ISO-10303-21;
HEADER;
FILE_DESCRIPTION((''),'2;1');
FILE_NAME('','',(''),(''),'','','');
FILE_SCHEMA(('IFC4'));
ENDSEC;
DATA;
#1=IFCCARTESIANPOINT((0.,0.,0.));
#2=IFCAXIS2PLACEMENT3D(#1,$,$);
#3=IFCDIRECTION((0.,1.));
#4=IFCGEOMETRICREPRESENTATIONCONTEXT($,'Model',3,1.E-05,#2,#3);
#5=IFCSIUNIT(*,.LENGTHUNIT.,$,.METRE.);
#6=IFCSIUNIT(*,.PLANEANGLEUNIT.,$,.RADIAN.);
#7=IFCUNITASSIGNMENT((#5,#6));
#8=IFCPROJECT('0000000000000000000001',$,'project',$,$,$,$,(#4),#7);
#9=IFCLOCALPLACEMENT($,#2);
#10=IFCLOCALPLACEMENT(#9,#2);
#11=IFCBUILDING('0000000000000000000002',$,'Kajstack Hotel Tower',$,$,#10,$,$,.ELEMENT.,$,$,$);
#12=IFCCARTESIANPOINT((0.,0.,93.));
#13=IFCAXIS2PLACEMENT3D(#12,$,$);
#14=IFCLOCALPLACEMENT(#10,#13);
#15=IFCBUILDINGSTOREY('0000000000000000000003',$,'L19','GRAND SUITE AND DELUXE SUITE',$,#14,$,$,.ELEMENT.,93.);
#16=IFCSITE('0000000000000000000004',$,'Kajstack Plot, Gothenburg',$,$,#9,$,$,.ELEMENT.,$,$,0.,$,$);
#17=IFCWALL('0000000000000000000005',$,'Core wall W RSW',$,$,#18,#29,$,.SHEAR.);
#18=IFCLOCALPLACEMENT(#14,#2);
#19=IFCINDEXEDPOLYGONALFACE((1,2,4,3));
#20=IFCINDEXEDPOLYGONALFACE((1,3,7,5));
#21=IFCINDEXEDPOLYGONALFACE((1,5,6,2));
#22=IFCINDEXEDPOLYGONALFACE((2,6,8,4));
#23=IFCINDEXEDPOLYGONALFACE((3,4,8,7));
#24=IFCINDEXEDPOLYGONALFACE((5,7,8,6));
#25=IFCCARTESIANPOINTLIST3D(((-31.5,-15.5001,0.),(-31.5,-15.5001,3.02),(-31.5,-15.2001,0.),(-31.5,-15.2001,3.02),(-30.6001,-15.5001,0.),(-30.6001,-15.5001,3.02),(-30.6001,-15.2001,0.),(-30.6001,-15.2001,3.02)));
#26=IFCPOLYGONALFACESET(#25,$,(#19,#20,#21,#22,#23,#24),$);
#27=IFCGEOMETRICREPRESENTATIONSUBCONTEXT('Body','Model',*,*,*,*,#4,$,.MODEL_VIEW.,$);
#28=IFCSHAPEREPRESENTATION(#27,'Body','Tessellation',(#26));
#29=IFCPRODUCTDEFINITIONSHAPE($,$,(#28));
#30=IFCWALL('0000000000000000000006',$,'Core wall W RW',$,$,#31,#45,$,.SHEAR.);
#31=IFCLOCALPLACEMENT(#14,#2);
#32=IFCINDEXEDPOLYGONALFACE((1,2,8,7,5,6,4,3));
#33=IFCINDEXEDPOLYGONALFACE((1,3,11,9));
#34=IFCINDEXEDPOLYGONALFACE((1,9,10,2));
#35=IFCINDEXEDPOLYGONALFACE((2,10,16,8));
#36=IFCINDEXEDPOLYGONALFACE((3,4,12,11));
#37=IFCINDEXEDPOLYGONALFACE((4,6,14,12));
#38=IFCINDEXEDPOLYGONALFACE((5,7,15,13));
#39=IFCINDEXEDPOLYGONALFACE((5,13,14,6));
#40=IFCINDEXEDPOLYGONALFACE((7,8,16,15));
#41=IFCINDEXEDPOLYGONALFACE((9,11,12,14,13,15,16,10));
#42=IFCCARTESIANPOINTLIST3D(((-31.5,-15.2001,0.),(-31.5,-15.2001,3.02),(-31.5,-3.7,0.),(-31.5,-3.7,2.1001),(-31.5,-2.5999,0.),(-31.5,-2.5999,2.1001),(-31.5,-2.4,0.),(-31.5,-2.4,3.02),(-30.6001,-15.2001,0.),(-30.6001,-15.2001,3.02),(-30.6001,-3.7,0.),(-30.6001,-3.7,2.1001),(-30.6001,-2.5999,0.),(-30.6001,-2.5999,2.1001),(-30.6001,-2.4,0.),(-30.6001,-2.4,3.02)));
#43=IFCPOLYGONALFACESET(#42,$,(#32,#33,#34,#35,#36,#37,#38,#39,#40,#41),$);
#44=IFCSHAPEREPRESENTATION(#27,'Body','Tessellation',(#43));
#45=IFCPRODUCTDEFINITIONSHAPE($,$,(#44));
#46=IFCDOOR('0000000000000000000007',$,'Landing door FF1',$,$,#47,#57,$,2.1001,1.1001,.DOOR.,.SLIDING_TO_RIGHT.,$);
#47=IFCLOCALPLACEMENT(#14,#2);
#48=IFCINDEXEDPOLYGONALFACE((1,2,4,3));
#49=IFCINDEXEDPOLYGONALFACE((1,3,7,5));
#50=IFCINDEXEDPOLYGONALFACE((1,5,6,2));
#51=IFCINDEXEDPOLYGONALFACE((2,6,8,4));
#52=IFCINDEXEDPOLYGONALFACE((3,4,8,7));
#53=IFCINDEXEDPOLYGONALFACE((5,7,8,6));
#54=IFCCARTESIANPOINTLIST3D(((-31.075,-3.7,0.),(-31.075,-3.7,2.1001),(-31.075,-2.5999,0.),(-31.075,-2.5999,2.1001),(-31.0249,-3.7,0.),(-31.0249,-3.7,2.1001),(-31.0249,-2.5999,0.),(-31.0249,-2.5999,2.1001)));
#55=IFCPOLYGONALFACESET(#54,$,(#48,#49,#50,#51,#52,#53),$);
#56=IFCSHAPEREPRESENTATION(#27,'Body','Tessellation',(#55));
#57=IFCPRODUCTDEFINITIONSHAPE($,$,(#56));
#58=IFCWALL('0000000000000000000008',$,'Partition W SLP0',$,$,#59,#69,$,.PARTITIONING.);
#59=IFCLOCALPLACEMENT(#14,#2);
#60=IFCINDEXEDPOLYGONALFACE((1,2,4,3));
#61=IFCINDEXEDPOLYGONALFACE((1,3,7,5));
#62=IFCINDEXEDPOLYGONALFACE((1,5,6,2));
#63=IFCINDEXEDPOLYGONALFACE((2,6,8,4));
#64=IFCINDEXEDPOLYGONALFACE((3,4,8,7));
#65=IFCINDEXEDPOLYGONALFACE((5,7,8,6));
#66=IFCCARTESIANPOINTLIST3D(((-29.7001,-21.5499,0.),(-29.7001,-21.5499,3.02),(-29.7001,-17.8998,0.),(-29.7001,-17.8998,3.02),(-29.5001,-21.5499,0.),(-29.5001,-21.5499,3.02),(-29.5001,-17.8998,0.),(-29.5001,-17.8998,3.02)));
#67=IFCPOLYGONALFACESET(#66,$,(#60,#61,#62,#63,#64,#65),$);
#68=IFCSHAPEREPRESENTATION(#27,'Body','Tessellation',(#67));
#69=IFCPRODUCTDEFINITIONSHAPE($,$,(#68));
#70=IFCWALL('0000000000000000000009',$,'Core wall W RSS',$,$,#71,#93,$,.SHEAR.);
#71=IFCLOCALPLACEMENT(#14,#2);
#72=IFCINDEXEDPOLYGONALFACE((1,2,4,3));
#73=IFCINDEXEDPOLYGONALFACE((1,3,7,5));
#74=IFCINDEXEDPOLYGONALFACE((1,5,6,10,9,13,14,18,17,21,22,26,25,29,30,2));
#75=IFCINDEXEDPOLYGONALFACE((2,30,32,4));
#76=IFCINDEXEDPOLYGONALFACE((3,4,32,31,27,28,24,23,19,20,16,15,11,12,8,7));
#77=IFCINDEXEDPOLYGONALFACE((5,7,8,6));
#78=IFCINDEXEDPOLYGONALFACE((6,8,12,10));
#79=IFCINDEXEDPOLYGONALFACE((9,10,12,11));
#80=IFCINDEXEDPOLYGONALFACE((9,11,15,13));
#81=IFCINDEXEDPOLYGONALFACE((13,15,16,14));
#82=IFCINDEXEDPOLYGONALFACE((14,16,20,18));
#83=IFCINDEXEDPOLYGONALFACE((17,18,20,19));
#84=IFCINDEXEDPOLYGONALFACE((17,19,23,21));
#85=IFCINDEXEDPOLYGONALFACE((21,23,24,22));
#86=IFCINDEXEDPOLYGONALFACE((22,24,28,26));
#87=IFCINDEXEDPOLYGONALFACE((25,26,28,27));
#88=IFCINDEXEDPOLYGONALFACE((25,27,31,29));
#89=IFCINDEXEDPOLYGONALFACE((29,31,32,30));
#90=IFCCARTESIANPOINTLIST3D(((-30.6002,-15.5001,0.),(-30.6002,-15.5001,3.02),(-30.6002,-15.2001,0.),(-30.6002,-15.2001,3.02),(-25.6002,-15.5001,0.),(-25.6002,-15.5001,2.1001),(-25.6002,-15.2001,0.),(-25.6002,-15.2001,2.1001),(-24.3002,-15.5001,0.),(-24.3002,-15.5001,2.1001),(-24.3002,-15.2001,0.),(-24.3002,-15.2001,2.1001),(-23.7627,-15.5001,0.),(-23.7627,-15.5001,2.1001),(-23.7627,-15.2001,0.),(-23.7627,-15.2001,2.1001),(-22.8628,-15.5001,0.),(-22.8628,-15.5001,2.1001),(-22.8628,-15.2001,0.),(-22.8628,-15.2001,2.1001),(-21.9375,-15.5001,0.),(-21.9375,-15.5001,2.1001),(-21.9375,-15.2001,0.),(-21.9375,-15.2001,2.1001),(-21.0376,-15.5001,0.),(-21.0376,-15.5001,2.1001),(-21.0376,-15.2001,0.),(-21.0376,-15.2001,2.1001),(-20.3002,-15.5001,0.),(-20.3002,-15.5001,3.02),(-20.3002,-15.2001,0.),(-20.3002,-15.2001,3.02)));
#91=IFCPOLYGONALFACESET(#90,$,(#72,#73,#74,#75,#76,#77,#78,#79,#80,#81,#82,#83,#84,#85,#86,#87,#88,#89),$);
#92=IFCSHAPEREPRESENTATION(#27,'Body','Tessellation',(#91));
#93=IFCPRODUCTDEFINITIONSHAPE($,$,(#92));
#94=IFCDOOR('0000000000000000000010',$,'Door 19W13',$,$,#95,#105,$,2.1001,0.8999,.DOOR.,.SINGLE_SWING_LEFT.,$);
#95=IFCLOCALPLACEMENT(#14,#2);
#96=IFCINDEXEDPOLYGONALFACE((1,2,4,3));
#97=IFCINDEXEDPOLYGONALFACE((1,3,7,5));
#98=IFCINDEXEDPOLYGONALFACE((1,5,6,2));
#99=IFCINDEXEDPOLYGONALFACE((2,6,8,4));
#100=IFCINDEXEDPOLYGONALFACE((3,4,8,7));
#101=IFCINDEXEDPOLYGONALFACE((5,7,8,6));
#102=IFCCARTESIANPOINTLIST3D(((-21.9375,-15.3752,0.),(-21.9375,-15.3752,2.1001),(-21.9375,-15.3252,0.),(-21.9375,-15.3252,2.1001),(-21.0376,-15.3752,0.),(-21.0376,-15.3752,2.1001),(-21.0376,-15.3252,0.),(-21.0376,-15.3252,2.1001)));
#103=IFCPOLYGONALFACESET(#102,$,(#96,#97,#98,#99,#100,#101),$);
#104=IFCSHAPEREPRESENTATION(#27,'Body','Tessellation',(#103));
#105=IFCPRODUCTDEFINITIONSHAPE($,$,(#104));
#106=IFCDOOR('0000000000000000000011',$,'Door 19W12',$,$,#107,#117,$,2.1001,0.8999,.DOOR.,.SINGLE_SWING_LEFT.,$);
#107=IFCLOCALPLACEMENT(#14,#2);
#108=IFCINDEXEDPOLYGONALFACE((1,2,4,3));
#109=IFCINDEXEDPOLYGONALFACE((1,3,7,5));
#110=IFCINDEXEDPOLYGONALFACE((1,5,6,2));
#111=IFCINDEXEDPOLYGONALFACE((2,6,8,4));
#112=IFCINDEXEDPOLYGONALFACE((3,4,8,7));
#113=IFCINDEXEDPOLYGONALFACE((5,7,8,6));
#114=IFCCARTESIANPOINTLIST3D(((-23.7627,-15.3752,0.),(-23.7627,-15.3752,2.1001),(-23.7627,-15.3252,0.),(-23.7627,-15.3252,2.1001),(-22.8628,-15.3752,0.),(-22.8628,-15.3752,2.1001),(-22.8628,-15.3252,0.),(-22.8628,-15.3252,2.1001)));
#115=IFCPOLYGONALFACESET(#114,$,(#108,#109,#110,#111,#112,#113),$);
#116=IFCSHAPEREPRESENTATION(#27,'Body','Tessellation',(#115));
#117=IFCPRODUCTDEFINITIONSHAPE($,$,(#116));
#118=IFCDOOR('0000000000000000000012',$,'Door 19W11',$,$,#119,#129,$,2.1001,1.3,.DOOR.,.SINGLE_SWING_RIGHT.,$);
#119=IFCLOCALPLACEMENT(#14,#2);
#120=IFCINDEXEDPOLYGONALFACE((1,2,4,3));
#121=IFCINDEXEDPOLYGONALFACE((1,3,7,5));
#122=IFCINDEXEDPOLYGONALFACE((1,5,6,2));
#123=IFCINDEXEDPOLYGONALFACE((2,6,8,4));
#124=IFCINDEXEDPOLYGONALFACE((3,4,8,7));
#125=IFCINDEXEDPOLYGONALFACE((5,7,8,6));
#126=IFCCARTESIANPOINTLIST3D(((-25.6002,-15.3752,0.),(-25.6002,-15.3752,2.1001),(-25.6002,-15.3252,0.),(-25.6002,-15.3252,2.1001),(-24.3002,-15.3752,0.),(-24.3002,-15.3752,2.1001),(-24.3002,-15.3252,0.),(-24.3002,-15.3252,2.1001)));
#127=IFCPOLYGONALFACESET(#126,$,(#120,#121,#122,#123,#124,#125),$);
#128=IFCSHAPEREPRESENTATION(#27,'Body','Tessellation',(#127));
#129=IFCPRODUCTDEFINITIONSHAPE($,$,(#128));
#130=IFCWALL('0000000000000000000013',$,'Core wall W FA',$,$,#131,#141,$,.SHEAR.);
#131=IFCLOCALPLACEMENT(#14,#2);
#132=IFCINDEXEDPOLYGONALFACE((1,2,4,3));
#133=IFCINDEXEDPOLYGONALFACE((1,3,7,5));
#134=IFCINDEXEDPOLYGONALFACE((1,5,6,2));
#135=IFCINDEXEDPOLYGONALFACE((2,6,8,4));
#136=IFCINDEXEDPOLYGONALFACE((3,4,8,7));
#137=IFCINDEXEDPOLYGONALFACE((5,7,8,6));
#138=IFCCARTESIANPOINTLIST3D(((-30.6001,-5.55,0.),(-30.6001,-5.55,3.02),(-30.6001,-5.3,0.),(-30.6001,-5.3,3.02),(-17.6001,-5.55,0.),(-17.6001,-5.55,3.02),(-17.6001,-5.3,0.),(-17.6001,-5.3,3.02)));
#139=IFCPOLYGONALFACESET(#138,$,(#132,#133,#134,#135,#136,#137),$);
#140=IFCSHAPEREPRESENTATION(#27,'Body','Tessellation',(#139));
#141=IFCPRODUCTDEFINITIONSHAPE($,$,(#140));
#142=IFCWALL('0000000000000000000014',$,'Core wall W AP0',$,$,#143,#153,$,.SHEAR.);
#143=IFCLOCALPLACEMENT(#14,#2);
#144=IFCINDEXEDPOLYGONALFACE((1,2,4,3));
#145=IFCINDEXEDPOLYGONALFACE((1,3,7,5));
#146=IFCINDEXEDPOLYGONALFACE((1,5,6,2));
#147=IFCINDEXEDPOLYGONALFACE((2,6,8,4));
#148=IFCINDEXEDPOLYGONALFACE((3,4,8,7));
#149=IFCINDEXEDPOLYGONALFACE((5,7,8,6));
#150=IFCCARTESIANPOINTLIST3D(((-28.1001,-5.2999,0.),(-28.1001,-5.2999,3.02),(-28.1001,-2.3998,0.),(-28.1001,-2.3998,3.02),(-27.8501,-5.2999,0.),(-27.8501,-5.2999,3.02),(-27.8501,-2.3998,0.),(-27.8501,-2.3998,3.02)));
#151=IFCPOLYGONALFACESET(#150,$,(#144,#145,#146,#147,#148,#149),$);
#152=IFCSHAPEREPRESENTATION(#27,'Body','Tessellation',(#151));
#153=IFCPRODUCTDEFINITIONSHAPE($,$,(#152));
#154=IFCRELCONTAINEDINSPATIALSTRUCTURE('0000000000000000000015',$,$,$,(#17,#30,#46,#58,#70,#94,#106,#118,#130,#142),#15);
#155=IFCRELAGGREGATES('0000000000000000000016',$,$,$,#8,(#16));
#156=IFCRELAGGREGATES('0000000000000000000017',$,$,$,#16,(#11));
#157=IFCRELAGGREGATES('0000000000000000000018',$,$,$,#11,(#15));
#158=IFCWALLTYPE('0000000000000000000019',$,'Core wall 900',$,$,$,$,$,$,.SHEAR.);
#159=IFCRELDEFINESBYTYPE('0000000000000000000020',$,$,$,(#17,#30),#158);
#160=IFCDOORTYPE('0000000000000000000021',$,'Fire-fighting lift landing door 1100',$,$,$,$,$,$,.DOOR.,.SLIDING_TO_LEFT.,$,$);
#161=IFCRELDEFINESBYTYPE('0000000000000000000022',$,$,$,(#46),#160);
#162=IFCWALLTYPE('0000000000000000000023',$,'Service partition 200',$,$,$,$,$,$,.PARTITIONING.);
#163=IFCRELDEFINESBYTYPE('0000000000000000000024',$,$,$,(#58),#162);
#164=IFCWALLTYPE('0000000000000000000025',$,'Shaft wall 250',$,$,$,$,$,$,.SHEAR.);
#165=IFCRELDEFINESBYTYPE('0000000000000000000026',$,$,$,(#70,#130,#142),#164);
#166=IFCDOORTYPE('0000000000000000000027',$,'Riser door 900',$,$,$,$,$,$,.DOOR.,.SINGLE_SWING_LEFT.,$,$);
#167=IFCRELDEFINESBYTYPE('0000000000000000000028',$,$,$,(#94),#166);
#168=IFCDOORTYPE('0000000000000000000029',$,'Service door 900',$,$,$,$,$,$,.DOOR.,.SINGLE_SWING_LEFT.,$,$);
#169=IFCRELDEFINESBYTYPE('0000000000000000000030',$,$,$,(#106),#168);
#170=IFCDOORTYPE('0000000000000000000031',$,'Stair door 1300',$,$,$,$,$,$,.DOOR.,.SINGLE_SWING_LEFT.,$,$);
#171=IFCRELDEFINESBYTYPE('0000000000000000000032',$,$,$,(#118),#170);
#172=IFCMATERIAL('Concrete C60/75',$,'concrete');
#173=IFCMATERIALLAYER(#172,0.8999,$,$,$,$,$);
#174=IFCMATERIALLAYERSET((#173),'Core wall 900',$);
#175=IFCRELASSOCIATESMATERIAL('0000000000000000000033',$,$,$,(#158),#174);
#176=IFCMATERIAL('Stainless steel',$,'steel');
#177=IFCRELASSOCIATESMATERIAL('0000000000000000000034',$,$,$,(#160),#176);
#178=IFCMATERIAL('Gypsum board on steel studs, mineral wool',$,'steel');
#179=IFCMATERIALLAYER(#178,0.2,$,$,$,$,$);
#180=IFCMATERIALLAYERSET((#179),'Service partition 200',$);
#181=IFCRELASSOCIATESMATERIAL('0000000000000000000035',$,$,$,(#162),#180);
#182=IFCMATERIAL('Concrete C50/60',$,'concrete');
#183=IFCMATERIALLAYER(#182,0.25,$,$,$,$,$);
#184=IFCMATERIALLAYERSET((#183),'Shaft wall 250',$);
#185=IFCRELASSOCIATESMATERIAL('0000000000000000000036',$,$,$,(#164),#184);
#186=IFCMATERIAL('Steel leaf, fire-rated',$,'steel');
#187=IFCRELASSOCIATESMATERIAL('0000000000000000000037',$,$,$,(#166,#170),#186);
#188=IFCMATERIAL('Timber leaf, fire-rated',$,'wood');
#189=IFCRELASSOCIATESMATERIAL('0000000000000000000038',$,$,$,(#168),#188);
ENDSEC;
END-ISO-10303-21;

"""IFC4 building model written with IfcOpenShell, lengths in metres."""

from ifc_helpers import new_model, si_unit, direction, frame, frame_2d, origin, place, context, subcontext, project, spatial, rectangle, extrude, material, layer, layer_set, type_object, element, fill, save


model = new_model("IFC4")

# Units and contexts
model_context = context("Model", 3, precision=1e-05, world=origin(), true_north=direction((0.0, 1.0)))
body_context = subcontext(model_context, "Body", "Model", "MODEL_VIEW")
ifc_project = project(units=[si_unit("LENGTHUNIT", "METRE"), si_unit("PLANEANGLEUNIT", "RADIAN")], contexts=[model_context])

# Site, building, storey
site_placement = place(None, origin())
site = spatial("IfcSite", under=ifc_project, at=site_placement, Name="Kajstack Plot, Gothenburg", CompositionType="ELEMENT", RefElevation=0.0)
building_placement = place(site_placement, origin())
building = spatial("IfcBuilding", under=site, at=building_placement, Name="Kajstack Hotel Tower", CompositionType="ELEMENT")
storey_placement = place(building_placement, frame((0.0, 0.0, 93.0)))
storey = spatial("IfcBuildingStorey", under=building, at=storey_placement, Name="L19", Description="GRAND SUITE AND DELUXE SUITE", CompositionType="ELEMENT", Elevation=93.0)

# Wall
ifc_material_1 = material(Name="Concrete C60/75", Category="concrete")
ifc_layer_1 = layer(ifc_material_1, 0.8999)
ifc_layer_set_1 = layer_set([ifc_layer_1], Name="Core wall 900")
wall_type_1 = type_object("IfcWallType", Name="Core wall 900", PredefinedType="SHEAR", material=ifc_layer_set_1)
wall_1_placement = place(storey_placement, frame((-31.5, -15.3501, 0.0), z_axis=(0.0, 0.0, 1.0), x_axis=(1.0, 0.0, 0.0)))
element("IfcWall", 1, at=wall_1_placement, inside=storey, type_object=wall_type_1, Name="Core wall W RSW", PredefinedType="SHEAR", context=body_context, shape_type="SweptSolid", body=[
    extrude(rectangle(XDim=0.8999, YDim=0.3, at=frame_2d((0.45, 0.0))), origin(), (0.0, 0.0, 1.0), 3.02),
])

# Wall, opening, door
wall_2_placement = place(storey_placement, frame((-31.05, -15.2, 0.0), z_axis=(0.0, 0.0, 1.0), x_axis=(0.0, 1.0, 0.0)))
wall_2 = element("IfcWall", 2, at=wall_2_placement, inside=storey, type_object=wall_type_1, Name="Core wall W RW", PredefinedType="SHEAR", context=body_context, shape_type="SweptSolid", body=[
    extrude(rectangle(XDim=12.8, YDim=0.8999, at=frame_2d((6.3999, 0.0))), origin(), (0.0, 0.0, 1.0), 3.02),
])
opening_1_placement = place(wall_2_placement, frame((11.5, 0.0, 0.0)))
opening_1 = element("IfcOpeningElement", 3, at=opening_1_placement, cuts=wall_2, PredefinedType="OPENING", context=body_context, shape_type="SweptSolid", body=[
    extrude(rectangle(XDim=1.1001, YDim=2.1001, at=frame_2d((0.55, 1.05))), frame((0.0, 0.46, 0.0), z_axis=(0.0, -1.0, 0.0), x_axis=(1.0, 0.0, 0.0)), (0.0, 0.0, 1.0), 0.9199),
])
ifc_material_2 = material(Name="Stainless steel", Category="steel")
door_type_1 = type_object("IfcDoorType", Name="Fire-fighting lift landing door 1100", OperationType="SLIDING_TO_LEFT", PredefinedType="DOOR", material=ifc_material_2)
door_1_placement = place(opening_1_placement, origin())
door_1 = element("IfcDoor", 4, at=door_1_placement, inside=storey, type_object=door_type_1, Name="Landing door FF1", OperationType="SLIDING_TO_RIGHT", OverallHeight=2.1001, OverallWidth=1.1001, PredefinedType="DOOR", context=body_context, shape_type="SweptSolid", body=[
    extrude(rectangle(XDim=1.1001, YDim=2.1001, at=frame_2d((0.55, 1.05))), frame((0.0, 0.0249, 0.0), z_axis=(0.0, -1.0, 0.0), x_axis=(1.0, 0.0, 0.0)), (0.0, 0.0, 1.0), 0.05),
])
fill(opening_1, door_1)

# Wall
ifc_material_3 = material(Name="Gypsum board on steel studs, mineral wool", Category="steel")
ifc_layer_2 = layer(ifc_material_3, 0.2)
ifc_layer_set_2 = layer_set([ifc_layer_2], Name="Service partition 200")
wall_type_2 = type_object("IfcWallType", Name="Service partition 200", PredefinedType="PARTITIONING", material=ifc_layer_set_2)
wall_3_placement = place(storey_placement, frame((-29.6001, -21.55, 0.0), z_axis=(0.0, 0.0, 1.0), x_axis=(0.0, 1.0, 0.0)))
element("IfcWall", 5, at=wall_3_placement, inside=storey, type_object=wall_type_2, Name="Partition W SLP0", PredefinedType="PARTITIONING", context=body_context, shape_type="SweptSolid", body=[
    extrude(rectangle(XDim=3.6501, YDim=0.2, at=frame_2d((1.8252, 0.0))), origin(), (0.0, 0.0, 1.0), 3.02),
])

# Wall, openings, doors
ifc_material_4 = material(Name="Concrete C50/60", Category="concrete")
ifc_layer_3 = layer(ifc_material_4, 0.25)
ifc_layer_set_3 = layer_set([ifc_layer_3], Name="Shaft wall 250")
wall_type_3 = type_object("IfcWallType", Name="Shaft wall 250", PredefinedType="SHEAR", material=ifc_layer_set_3)
wall_4_placement = place(storey_placement, frame((-30.6001, -15.3501, 0.0), z_axis=(0.0, 0.0, 1.0), x_axis=(1.0, 0.0, 0.0)))
wall_4 = element("IfcWall", 6, at=wall_4_placement, inside=storey, type_object=wall_type_3, Name="Core wall W RSS", PredefinedType="SHEAR", context=body_context, shape_type="SweptSolid", body=[
    extrude(rectangle(XDim=10.3, YDim=0.3, at=frame_2d((5.1499, 0.0))), origin(), (0.0, 0.0, 1.0), 3.02),
])
opening_2_placement = place(wall_4_placement, frame((5.0, 0.0, 0.0)))
opening_2 = element("IfcOpeningElement", 7, at=opening_2_placement, cuts=wall_4, PredefinedType="OPENING", context=body_context, shape_type="SweptSolid", body=[
    extrude(rectangle(XDim=1.3, YDim=2.1001, at=frame_2d((0.6499, 1.05))), frame((0.0, 0.1599, 0.0), z_axis=(0.0, -1.0, 0.0), x_axis=(1.0, 0.0, 0.0)), (0.0, 0.0, 1.0), 0.3201),
])
opening_3_placement = place(wall_4_placement, frame((6.8374, 0.0, 0.0)))
opening_3 = element("IfcOpeningElement", 8, at=opening_3_placement, cuts=wall_4, PredefinedType="OPENING", context=body_context, shape_type="SweptSolid", body=[
    extrude(rectangle(XDim=0.8999, YDim=2.1001, at=frame_2d((0.45, 1.05))), frame((0.0, 0.1599, 0.0), z_axis=(0.0, -1.0, 0.0), x_axis=(1.0, 0.0, 0.0)), (0.0, 0.0, 1.0), 0.3201),
])
opening_4_placement = place(wall_4_placement, frame((8.6626, 0.0, 0.0)))
opening_4 = element("IfcOpeningElement", 9, at=opening_4_placement, cuts=wall_4, PredefinedType="OPENING", context=body_context, shape_type="SweptSolid", body=[
    extrude(rectangle(XDim=0.8999, YDim=2.1001, at=frame_2d((0.45, 1.05))), frame((0.0, 0.1599, 0.0), z_axis=(0.0, -1.0, 0.0), x_axis=(1.0, 0.0, 0.0)), (0.0, 0.0, 1.0), 0.3201),
])
ifc_material_5 = material(Name="Steel leaf, fire-rated", Category="steel")
door_type_2 = type_object("IfcDoorType", Name="Riser door 900", OperationType="SINGLE_SWING_LEFT", PredefinedType="DOOR", material=ifc_material_5)
door_2_placement = place(opening_4_placement, origin())
door_2 = element("IfcDoor", 10, at=door_2_placement, inside=storey, type_object=door_type_2, Name="Door 19W13", OperationType="SINGLE_SWING_LEFT", OverallHeight=2.1001, OverallWidth=0.8999, PredefinedType="DOOR", context=body_context, shape_type="SweptSolid", body=[
    extrude(rectangle(XDim=0.8999, YDim=2.1001, at=frame_2d((0.45, 1.05))), frame((0.0, 0.0249, 0.0), z_axis=(0.0, -1.0, 0.0), x_axis=(1.0, 0.0, 0.0)), (0.0, 0.0, 1.0), 0.05),
])
fill(opening_4, door_2)
ifc_material_6 = material(Name="Timber leaf, fire-rated", Category="wood")
door_type_3 = type_object("IfcDoorType", Name="Service door 900", OperationType="SINGLE_SWING_LEFT", PredefinedType="DOOR", material=ifc_material_6)
door_3_placement = place(opening_3_placement, origin())
door_3 = element("IfcDoor", 11, at=door_3_placement, inside=storey, type_object=door_type_3, Name="Door 19W12", OperationType="SINGLE_SWING_LEFT", OverallHeight=2.1001, OverallWidth=0.8999, PredefinedType="DOOR", context=body_context, shape_type="SweptSolid", body=[
    extrude(rectangle(XDim=0.8999, YDim=2.1001, at=frame_2d((0.45, 1.05))), frame((0.0, 0.0249, 0.0), z_axis=(0.0, -1.0, 0.0), x_axis=(1.0, 0.0, 0.0)), (0.0, 0.0, 1.0), 0.05),
])
fill(opening_3, door_3)
door_type_4 = type_object("IfcDoorType", Name="Stair door 1300", OperationType="SINGLE_SWING_LEFT", PredefinedType="DOOR", material=ifc_material_5)
door_4_placement = place(opening_2_placement, origin())
door_4 = element("IfcDoor", 12, at=door_4_placement, inside=storey, type_object=door_type_4, Name="Door 19W11", OperationType="SINGLE_SWING_RIGHT", OverallHeight=2.1001, OverallWidth=1.3, PredefinedType="DOOR", context=body_context, shape_type="SweptSolid", body=[
    extrude(rectangle(XDim=1.3, YDim=2.1001, at=frame_2d((0.6499, 1.05))), frame((0.0, 0.0249, 0.0), z_axis=(0.0, -1.0, 0.0), x_axis=(1.0, 0.0, 0.0)), (0.0, 0.0, 1.0), 0.05),
])
fill(opening_2, door_4)

# Walls
wall_5_placement = place(storey_placement, frame((-30.6001, -5.425, 0.0), z_axis=(0.0, 0.0, 1.0), x_axis=(1.0, 0.0, 0.0)))
element("IfcWall", 13, at=wall_5_placement, inside=storey, type_object=wall_type_3, Name="Core wall W FA", PredefinedType="SHEAR", context=body_context, shape_type="SweptSolid", body=[
    extrude(rectangle(XDim=13.0, YDim=0.25, at=frame_2d((6.5, 0.0))), origin(), (0.0, 0.0, 1.0), 3.02),
])
wall_6_placement = place(storey_placement, frame((-27.9751, -5.3, 0.0), z_axis=(0.0, 0.0, 1.0), x_axis=(0.0, 1.0, 0.0)))
element("IfcWall", 14, at=wall_6_placement, inside=storey, type_object=wall_type_3, Name="Core wall W AP0", PredefinedType="SHEAR", context=body_context, shape_type="SweptSolid", body=[
    extrude(rectangle(XDim=2.9001, YDim=0.25, at=frame_2d((1.4502, 0.0))), origin(), (0.0, 0.0, 1.0), 3.02),
])

save(model, "model.ifc")
